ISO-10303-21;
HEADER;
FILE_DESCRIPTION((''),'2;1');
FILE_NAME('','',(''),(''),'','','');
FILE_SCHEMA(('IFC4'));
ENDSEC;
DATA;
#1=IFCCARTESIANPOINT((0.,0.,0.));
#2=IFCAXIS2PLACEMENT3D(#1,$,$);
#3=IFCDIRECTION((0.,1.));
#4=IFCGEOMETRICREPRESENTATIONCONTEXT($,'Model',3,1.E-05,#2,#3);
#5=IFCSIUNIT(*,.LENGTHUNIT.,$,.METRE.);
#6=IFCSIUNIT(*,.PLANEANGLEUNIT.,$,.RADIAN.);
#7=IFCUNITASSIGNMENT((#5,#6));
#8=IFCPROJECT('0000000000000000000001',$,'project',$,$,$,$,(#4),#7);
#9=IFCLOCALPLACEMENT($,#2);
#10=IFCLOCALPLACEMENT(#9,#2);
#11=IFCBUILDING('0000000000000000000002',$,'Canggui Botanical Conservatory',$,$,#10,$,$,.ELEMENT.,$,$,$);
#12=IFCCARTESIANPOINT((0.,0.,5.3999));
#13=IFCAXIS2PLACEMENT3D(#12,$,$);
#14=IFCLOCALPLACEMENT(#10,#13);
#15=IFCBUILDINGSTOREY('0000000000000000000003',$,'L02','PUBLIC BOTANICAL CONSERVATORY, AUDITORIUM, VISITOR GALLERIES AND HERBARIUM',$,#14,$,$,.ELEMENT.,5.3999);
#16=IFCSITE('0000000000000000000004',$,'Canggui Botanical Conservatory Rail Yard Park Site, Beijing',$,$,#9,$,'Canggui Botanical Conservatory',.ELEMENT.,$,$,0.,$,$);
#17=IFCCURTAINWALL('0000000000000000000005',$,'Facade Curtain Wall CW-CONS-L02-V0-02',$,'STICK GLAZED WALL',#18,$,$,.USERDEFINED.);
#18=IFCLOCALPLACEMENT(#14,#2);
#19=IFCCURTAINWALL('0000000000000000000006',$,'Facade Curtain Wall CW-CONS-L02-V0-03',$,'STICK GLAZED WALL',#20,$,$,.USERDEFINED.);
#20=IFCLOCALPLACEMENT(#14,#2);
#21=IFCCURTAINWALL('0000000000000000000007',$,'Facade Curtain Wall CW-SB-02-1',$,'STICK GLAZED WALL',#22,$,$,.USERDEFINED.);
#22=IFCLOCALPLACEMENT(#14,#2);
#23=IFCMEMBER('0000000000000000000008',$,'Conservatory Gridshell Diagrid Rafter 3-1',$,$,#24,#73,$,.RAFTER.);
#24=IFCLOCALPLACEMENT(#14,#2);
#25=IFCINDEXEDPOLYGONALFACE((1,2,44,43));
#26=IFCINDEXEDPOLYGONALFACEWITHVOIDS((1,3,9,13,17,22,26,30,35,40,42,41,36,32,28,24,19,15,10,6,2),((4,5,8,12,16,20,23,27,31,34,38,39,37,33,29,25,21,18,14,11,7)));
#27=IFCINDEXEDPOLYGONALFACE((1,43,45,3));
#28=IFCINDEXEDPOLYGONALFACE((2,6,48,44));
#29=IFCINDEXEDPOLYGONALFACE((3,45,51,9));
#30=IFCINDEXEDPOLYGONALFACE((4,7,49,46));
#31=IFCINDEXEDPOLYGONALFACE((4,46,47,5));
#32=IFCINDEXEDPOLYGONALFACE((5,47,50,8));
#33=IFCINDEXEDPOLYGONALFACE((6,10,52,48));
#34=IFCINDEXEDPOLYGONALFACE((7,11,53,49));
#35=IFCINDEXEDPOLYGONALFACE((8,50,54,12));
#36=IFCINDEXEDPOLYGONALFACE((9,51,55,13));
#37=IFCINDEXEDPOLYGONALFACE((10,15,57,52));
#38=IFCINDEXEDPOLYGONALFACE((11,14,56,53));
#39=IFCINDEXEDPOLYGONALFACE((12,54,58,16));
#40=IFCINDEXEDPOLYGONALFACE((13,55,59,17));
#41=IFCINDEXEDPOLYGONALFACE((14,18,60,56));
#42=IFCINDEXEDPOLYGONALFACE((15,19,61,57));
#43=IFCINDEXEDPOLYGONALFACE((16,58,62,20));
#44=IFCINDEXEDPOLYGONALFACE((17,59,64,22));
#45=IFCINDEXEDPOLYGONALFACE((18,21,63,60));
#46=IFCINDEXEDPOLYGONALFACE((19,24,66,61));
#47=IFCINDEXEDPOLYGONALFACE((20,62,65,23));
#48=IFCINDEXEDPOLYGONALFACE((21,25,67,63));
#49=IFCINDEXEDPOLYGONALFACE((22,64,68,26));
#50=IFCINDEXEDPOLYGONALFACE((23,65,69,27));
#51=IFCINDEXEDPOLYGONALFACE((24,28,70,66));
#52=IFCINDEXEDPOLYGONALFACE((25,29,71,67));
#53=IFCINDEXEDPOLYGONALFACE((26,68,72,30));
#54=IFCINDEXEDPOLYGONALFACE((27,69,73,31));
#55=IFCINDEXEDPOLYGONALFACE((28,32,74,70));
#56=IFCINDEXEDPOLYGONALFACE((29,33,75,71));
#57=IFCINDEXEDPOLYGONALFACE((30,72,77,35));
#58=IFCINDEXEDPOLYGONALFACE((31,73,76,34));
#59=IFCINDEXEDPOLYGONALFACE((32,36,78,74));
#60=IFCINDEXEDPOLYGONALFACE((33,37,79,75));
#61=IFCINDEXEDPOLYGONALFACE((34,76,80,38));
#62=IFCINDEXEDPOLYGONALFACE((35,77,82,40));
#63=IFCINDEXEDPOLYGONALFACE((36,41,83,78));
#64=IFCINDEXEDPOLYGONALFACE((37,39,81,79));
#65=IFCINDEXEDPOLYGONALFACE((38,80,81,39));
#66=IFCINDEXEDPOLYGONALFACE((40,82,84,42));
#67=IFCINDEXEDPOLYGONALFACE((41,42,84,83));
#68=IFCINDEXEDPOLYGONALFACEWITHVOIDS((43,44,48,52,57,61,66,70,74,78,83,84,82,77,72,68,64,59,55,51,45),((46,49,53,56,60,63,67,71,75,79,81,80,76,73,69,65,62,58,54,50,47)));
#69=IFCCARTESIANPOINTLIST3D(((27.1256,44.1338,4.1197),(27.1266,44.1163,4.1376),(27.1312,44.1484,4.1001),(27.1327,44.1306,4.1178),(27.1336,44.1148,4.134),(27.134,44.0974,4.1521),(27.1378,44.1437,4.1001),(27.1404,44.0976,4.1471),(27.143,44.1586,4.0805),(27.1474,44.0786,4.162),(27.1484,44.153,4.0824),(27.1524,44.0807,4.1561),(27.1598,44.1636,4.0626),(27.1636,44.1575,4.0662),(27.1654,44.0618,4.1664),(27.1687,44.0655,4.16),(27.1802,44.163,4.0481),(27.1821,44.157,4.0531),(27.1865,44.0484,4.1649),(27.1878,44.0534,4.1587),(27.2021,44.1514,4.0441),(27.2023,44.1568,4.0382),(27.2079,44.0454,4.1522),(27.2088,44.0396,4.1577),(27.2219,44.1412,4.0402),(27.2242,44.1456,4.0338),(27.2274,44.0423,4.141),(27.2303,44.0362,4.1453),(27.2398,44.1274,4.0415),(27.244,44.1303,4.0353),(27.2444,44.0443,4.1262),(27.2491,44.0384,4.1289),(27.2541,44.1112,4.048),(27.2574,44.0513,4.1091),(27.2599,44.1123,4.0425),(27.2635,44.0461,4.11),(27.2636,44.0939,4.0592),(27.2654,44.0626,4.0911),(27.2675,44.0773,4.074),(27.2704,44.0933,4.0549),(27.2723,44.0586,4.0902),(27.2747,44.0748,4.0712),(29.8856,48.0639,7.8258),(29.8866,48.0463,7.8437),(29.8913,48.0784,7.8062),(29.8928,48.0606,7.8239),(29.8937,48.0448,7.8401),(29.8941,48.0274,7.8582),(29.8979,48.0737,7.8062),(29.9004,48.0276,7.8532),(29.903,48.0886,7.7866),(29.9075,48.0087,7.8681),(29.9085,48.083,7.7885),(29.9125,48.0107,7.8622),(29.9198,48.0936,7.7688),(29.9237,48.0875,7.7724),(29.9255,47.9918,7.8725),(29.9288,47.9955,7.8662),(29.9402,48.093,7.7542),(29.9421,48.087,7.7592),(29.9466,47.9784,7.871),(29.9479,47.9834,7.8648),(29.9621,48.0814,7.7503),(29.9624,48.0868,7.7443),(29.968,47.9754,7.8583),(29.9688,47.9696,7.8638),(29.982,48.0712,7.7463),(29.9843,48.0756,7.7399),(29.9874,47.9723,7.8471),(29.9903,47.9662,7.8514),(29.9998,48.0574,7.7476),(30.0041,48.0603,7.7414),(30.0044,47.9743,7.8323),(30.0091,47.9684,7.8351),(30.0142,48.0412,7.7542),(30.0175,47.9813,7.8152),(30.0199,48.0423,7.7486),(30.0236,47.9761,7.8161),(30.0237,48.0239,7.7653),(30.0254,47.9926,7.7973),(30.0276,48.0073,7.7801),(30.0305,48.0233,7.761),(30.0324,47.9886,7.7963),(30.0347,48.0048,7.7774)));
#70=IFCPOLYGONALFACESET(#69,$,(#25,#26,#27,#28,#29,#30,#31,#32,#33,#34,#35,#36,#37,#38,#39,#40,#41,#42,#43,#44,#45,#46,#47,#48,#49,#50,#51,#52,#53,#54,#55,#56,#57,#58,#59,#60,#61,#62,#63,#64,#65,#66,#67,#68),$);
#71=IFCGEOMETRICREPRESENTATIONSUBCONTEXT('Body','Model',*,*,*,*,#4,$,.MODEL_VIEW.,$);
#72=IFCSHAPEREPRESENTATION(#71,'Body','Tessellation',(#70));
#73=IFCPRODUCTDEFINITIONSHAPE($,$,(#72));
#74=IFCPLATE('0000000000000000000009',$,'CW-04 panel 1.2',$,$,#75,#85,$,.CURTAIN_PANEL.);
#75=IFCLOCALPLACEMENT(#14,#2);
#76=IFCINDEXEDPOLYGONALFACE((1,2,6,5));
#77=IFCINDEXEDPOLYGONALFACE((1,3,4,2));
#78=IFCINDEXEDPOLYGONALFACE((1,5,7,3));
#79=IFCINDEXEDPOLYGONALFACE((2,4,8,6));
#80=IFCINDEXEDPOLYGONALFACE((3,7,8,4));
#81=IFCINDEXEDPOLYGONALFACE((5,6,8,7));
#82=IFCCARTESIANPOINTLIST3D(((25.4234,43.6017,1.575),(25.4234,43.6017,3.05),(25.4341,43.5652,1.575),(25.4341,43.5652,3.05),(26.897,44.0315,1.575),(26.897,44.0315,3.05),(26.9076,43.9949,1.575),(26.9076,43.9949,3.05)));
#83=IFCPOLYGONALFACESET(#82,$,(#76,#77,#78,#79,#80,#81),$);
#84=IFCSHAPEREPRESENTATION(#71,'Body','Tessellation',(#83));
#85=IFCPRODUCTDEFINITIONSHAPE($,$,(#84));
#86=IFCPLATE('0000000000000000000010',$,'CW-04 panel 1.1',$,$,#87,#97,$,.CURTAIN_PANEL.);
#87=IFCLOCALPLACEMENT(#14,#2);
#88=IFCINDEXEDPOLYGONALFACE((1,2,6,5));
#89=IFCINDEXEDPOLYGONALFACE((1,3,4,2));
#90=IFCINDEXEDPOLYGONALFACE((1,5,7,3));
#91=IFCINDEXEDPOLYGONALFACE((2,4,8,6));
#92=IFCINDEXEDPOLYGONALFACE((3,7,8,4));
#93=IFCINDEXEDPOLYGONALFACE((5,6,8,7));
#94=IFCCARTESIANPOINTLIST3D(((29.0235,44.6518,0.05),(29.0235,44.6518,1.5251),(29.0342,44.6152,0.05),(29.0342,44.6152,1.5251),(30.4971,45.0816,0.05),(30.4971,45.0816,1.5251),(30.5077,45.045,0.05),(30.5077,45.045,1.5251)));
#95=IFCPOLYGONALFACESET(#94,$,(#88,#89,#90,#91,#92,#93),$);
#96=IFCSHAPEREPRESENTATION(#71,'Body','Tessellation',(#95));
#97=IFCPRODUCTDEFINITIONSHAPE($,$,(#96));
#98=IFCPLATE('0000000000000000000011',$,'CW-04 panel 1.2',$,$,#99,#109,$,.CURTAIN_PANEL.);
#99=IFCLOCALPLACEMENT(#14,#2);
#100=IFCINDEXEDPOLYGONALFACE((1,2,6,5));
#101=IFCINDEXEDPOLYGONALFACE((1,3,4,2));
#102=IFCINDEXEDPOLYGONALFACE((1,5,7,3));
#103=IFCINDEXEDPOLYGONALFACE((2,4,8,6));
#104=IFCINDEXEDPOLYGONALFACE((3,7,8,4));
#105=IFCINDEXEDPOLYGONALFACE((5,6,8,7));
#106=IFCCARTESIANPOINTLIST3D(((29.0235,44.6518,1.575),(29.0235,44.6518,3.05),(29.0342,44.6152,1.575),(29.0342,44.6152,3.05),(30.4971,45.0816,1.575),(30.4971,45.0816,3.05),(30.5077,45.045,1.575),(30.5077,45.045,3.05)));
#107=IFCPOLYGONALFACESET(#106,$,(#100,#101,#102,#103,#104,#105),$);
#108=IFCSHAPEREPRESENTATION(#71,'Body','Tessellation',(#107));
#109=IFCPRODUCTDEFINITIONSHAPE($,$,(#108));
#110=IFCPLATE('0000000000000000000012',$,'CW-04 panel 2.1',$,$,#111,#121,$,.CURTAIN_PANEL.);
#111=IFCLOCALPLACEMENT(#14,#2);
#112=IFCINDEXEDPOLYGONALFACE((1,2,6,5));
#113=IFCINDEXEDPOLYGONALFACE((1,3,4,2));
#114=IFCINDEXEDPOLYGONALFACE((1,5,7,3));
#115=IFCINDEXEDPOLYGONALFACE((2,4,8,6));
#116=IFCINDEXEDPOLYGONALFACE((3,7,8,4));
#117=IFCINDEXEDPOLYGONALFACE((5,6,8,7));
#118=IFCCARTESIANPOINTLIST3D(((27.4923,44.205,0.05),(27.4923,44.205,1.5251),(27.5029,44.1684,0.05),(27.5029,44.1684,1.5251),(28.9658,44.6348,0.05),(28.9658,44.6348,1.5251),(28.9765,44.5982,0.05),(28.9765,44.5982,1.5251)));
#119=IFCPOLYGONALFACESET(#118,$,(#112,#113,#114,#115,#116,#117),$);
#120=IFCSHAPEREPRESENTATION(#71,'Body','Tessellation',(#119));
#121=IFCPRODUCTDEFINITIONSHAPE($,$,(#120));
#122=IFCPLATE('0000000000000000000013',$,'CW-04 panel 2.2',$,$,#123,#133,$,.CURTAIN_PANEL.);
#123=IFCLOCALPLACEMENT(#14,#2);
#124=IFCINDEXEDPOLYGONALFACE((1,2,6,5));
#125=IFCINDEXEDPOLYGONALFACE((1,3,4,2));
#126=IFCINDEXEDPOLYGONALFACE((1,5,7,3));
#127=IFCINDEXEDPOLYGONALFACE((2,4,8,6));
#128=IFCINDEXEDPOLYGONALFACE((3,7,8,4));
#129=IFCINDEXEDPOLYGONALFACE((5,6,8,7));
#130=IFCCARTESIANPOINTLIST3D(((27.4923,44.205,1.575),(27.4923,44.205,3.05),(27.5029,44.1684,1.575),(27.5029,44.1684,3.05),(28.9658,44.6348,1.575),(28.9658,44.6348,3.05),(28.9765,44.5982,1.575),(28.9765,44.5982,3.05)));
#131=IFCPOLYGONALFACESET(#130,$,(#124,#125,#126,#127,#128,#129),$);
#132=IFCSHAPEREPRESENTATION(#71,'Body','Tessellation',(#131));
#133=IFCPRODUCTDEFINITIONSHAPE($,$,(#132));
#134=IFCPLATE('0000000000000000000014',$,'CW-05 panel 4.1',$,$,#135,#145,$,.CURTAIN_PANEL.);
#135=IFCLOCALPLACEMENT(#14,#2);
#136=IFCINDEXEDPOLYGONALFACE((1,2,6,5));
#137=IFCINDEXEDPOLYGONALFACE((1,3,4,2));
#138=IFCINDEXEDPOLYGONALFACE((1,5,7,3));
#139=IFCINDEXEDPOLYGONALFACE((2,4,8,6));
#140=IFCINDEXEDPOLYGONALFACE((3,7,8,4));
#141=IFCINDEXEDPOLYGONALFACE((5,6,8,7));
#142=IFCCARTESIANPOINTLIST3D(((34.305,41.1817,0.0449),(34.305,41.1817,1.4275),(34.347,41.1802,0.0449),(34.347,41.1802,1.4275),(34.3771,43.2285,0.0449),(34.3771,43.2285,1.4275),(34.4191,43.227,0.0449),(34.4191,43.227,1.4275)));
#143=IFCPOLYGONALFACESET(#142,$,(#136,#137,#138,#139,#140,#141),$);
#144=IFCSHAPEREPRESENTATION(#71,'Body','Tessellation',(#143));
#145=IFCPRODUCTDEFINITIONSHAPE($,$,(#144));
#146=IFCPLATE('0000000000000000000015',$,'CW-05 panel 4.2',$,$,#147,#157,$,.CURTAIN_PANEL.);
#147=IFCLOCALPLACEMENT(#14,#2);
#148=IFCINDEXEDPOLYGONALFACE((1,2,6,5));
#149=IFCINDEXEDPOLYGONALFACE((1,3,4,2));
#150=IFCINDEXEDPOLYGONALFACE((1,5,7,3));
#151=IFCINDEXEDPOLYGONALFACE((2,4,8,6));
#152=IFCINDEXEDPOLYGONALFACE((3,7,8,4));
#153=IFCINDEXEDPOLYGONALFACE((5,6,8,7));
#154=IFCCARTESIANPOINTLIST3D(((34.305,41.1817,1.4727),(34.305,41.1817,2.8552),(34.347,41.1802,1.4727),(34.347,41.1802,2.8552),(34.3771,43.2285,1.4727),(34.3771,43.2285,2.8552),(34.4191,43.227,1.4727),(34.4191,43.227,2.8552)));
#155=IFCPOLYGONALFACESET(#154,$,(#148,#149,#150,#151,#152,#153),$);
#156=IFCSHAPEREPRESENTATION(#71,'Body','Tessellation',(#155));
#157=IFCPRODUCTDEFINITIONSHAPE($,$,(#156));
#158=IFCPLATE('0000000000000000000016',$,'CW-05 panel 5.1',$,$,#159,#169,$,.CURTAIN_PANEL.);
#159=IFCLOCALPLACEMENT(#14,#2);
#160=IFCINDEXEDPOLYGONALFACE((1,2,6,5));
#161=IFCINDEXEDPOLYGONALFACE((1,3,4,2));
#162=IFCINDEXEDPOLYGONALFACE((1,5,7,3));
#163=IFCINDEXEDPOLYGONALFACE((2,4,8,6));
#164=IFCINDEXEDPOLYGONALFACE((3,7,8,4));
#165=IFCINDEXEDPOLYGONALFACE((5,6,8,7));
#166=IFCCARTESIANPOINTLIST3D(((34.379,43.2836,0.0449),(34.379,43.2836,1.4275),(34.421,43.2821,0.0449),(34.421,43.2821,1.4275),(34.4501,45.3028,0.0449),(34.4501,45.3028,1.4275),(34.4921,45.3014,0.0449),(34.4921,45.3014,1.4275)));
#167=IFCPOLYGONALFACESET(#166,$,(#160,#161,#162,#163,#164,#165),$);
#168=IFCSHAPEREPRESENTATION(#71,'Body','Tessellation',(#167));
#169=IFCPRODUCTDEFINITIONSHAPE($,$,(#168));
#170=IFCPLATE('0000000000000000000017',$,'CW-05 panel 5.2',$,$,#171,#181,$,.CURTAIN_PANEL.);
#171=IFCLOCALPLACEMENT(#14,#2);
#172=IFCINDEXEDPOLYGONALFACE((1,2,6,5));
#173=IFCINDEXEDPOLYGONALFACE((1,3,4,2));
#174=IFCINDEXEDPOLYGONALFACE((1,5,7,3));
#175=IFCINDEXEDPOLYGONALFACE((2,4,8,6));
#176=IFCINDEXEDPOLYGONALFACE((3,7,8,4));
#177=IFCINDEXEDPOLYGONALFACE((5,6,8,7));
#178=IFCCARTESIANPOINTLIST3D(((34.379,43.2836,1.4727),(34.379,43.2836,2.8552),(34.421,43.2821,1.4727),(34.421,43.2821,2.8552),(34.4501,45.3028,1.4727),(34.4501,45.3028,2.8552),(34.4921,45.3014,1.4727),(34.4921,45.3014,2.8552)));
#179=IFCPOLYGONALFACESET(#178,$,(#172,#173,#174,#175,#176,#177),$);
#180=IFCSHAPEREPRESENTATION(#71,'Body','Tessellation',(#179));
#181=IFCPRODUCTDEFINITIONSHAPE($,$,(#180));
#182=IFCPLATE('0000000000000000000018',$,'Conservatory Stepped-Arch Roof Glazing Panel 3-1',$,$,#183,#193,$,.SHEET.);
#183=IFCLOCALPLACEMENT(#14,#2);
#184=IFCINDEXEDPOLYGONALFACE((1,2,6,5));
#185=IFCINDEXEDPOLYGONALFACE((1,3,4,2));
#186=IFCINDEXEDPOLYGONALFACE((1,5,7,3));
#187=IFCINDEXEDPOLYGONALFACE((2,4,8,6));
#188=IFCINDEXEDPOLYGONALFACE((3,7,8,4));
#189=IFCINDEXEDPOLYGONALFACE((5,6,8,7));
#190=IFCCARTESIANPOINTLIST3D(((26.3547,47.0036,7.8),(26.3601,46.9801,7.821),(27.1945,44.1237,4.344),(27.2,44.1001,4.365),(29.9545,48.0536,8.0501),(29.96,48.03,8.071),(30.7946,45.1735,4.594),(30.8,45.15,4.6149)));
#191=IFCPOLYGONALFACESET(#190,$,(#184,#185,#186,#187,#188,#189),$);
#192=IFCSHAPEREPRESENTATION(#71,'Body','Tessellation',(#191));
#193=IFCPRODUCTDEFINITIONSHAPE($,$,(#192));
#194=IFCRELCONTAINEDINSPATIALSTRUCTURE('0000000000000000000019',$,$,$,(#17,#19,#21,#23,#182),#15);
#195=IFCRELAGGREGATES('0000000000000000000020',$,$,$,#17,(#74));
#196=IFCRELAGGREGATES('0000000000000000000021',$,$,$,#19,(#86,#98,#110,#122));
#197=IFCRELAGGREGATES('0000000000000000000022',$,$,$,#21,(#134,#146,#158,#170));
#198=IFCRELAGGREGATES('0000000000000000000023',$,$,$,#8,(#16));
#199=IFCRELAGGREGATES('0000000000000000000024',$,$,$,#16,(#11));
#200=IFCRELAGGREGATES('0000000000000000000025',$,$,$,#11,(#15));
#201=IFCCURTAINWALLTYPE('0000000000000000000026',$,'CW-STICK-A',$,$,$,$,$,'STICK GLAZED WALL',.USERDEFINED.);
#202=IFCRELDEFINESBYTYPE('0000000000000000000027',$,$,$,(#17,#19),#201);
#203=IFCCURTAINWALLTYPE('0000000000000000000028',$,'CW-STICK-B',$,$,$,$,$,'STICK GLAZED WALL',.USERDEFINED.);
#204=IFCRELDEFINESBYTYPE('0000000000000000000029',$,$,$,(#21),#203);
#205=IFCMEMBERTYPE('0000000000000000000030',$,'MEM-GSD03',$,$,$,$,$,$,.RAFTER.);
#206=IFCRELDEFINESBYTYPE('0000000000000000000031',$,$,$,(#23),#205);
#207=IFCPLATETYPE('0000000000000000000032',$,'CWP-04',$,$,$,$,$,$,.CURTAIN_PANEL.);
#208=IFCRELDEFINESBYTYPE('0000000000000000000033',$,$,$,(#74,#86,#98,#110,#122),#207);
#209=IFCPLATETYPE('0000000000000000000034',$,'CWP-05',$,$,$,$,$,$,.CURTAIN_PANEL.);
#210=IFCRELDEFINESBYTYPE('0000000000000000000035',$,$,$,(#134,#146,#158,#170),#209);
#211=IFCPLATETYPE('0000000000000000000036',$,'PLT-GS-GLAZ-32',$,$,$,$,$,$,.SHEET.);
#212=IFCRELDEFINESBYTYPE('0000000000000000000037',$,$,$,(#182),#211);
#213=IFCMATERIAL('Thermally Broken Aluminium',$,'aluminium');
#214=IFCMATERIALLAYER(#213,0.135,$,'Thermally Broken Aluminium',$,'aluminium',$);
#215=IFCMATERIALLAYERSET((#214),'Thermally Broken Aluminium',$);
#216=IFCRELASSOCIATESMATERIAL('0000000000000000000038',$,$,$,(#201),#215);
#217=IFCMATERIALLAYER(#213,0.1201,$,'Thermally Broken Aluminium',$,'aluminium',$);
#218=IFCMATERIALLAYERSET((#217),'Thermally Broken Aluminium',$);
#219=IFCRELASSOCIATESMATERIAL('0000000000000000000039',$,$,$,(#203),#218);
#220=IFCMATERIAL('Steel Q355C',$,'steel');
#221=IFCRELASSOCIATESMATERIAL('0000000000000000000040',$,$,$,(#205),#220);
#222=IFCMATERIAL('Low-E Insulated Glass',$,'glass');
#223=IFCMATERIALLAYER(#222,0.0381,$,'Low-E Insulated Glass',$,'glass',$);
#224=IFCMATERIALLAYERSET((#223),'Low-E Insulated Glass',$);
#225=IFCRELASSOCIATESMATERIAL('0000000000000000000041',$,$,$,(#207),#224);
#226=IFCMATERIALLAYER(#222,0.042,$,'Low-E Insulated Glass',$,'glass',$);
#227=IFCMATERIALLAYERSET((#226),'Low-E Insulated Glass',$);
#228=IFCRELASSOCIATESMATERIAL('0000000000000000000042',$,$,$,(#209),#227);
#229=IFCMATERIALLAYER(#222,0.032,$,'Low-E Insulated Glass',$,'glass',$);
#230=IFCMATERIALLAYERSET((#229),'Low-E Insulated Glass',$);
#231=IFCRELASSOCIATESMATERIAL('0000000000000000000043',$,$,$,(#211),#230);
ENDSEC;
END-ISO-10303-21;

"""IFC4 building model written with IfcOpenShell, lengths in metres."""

from ifc_helpers import new_model, si_unit, direction, frame, origin, origin_2d, place, context, subcontext, project, spatial, polyline, rectangle, hollow_circle, outline, extrude, material, layer, layer_set, material_profile, profile_set, type_object, element, aggregate, save


model = new_model("IFC4")

# Units and contexts
model_context = context("Model", 3, precision=1e-05, world=origin(), true_north=direction((0.0, 1.0)))
body_context = subcontext(model_context, "Body", "Model", "MODEL_VIEW")
ifc_project = project(units=[si_unit("LENGTHUNIT", "METRE"), si_unit("PLANEANGLEUNIT", "RADIAN")], contexts=[model_context])

# Site, building, storey
site_placement = place(None, origin())
site = spatial("IfcSite", under=ifc_project, at=site_placement, Name="Canggui Botanical Conservatory Rail Yard Park Site, Beijing", LongName="Canggui Botanical Conservatory", CompositionType="ELEMENT", RefElevation=0.0)
building_placement = place(site_placement, origin())
building = spatial("IfcBuilding", under=site, at=building_placement, Name="Canggui Botanical Conservatory", CompositionType="ELEMENT")
storey_placement = place(building_placement, frame((0.0, 0.0, 5.3999)))
storey = spatial("IfcBuildingStorey", under=building, at=storey_placement, Name="L02", Description="PUBLIC BOTANICAL CONSERVATORY, AUDITORIUM, VISITOR GALLERIES AND HERBARIUM", CompositionType="ELEMENT", Elevation=5.3999)

# Shared definitions
ifc_material_1 = material(Name="Steel Q355C", Category="steel")

# Curtain wall
ifc_material_2 = material(Name="Thermally Broken Aluminium", Category="aluminium")
ifc_layer_1 = layer(ifc_material_2, 0.135, Name="Thermally Broken Aluminium", Category="aluminium")
ifc_layer_set_1 = layer_set([ifc_layer_1], Name="Thermally Broken Aluminium")
curtain_wall_type_1 = type_object("IfcCurtainWallType", Name="CW-STICK-A", ElementType="STICK GLAZED WALL", PredefinedType="USERDEFINED", material=ifc_layer_set_1)
curtain_wall_1_placement = place(storey_placement, origin())
curtain_wall_1 = element("IfcCurtainWall", 1, at=curtain_wall_1_placement, inside=storey, type_object=curtain_wall_type_1, Name="Facade Curtain Wall CW-CONS-L02-V0-02", ObjectType="STICK GLAZED WALL", PredefinedType="USERDEFINED")

# Curtain wall
curtain_wall_2_placement = place(storey_placement, origin())
curtain_wall_2 = element("IfcCurtainWall", 2, at=curtain_wall_2_placement, inside=storey, type_object=curtain_wall_type_1, Name="Facade Curtain Wall CW-CONS-L02-V0-03", ObjectType="STICK GLAZED WALL", PredefinedType="USERDEFINED")

# Curtain wall
ifc_layer_2 = layer(ifc_material_2, 0.1201, Name="Thermally Broken Aluminium", Category="aluminium")
ifc_layer_set_2 = layer_set([ifc_layer_2], Name="Thermally Broken Aluminium")
curtain_wall_type_2 = type_object("IfcCurtainWallType", Name="CW-STICK-B", ElementType="STICK GLAZED WALL", PredefinedType="USERDEFINED", material=ifc_layer_set_2)
curtain_wall_3_placement = place(storey_placement, origin())
curtain_wall_3 = element("IfcCurtainWall", 3, at=curtain_wall_3_placement, inside=storey, type_object=curtain_wall_type_2, Name="Facade Curtain Wall CW-SB-02-1", ObjectType="STICK GLAZED WALL", PredefinedType="USERDEFINED")

# Member
ifc_material_profile_1 = material_profile(ifc_material_1, hollow_circle(Radius=0.084, WallThickness=0.0081, at=origin_2d()), Name="CHS 168x8")
ifc_profile_set_1 = profile_set([ifc_material_profile_1], Name="Steel Q355C")
member_type_1 = type_object("IfcMemberType", Name="MEM-GSD03", PredefinedType="RAFTER", material=ifc_profile_set_1)
member_1_placement = place(storey_placement, frame((27.2, 44.1001, 4.1001), z_axis=(0.454994, 0.647858, 0.610951), x_axis=(-0.818345, 0.574728, 0.0)))
element("IfcMember", 4, at=member_1_placement, inside=storey, type_object=member_type_1, Name="Conservatory Gridshell Diagrid Rafter 3-1", PredefinedType="RAFTER", context=body_context, shape_type="SweptSolid", body=[
    extrude(hollow_circle(Radius=0.084, WallThickness=0.0081, at=origin_2d()), origin(), (0.0, 0.0, 1.0), 6.0662),
])

# Plates
ifc_material_3 = material(Name="Low-E Insulated Glass", Category="glass")
ifc_layer_3 = layer(ifc_material_3, 0.0381, Name="Low-E Insulated Glass", Category="glass")
ifc_layer_set_3 = layer_set([ifc_layer_3], Name="Low-E Insulated Glass")
plate_type_1 = type_object("IfcPlateType", Name="CWP-04", PredefinedType="CURTAIN_PANEL", material=ifc_layer_set_3)
plate_1_placement = place(storey_placement, frame((26.1655, 43.7983, 1.575), z_axis=(0.0, 0.0, 1.0), x_axis=(-0.96, -0.28, 0.0)))
plate_1 = element("IfcPlate", 5, at=plate_1_placement, type_object=plate_type_1, Name="CW-04 panel 1.2", PredefinedType="CURTAIN_PANEL", context=body_context, shape_type="SweptSolid", body=[
    extrude(rectangle(XDim=1.5349, YDim=0.0381, at=origin_2d()), origin(), (0.0, 0.0, 1.0), 1.4751),
])
aggregate(curtain_wall_1, [plate_1])
plate_2_placement = place(storey_placement, frame((29.7656, 44.8484, 0.05), z_axis=(0.0, 0.0, 1.0), x_axis=(-0.96, -0.28, 0.0)))
plate_2 = element("IfcPlate", 6, at=plate_2_placement, type_object=plate_type_1, Name="CW-04 panel 1.1", PredefinedType="CURTAIN_PANEL", context=body_context, shape_type="SweptSolid", body=[
    extrude(rectangle(XDim=1.5349, YDim=0.0381, at=origin_2d()), origin(), (0.0, 0.0, 1.0), 1.4751),
])
plate_3_placement = place(storey_placement, frame((29.7656, 44.8484, 1.575), z_axis=(0.0, 0.0, 1.0), x_axis=(-0.96, -0.28, 0.0)))
plate_3 = element("IfcPlate", 7, at=plate_3_placement, type_object=plate_type_1, Name="CW-04 panel 1.2", PredefinedType="CURTAIN_PANEL", context=body_context, shape_type="SweptSolid", body=[
    extrude(rectangle(XDim=1.5349, YDim=0.0381, at=origin_2d()), origin(), (0.0, 0.0, 1.0), 1.4751),
])
plate_4_placement = place(storey_placement, frame((28.2344, 44.4016, 0.05), z_axis=(0.0, 0.0, 1.0), x_axis=(-0.96, -0.28, 0.0)))
plate_4 = element("IfcPlate", 8, at=plate_4_placement, type_object=plate_type_1, Name="CW-04 panel 2.1", PredefinedType="CURTAIN_PANEL", context=body_context, shape_type="SweptSolid", body=[
    extrude(rectangle(XDim=1.5349, YDim=0.0381, at=origin_2d()), origin(), (0.0, 0.0, 1.0), 1.4751),
])
plate_5_placement = place(storey_placement, frame((28.2344, 44.4016, 1.575), z_axis=(0.0, 0.0, 1.0), x_axis=(-0.96, -0.28, 0.0)))
plate_5 = element("IfcPlate", 9, at=plate_5_placement, type_object=plate_type_1, Name="CW-04 panel 2.2", PredefinedType="CURTAIN_PANEL", context=body_context, shape_type="SweptSolid", body=[
    extrude(rectangle(XDim=1.5349, YDim=0.0381, at=origin_2d()), origin(), (0.0, 0.0, 1.0), 1.4751),
])
aggregate(curtain_wall_2, [plate_2, plate_3, plate_4, plate_5])
ifc_layer_4 = layer(ifc_material_3, 0.042, Name="Low-E Insulated Glass", Category="glass")
ifc_layer_set_4 = layer_set([ifc_layer_4], Name="Low-E Insulated Glass")
plate_type_2 = type_object("IfcPlateType", Name="CWP-05", PredefinedType="CURTAIN_PANEL", material=ifc_layer_set_4)
plate_6_placement = place(storey_placement, frame((34.3621, 42.2043, 0.0449), z_axis=(0.0, 0.0, 1.0), x_axis=(0.035206, 0.99938, 0.0)))
plate_6 = element("IfcPlate", 10, at=plate_6_placement, type_object=plate_type_2, Name="CW-05 panel 4.1", PredefinedType="CURTAIN_PANEL", context=body_context, shape_type="SweptSolid", body=[
    extrude(rectangle(XDim=2.0481, YDim=0.042, at=origin_2d()), origin(), (0.0, 0.0, 1.0), 1.3826),
])
plate_7_placement = place(storey_placement, frame((34.3621, 42.2043, 1.4727), z_axis=(0.0, 0.0, 1.0), x_axis=(0.035206, 0.99938, 0.0)))
plate_7 = element("IfcPlate", 11, at=plate_7_placement, type_object=plate_type_2, Name="CW-05 panel 4.2", PredefinedType="CURTAIN_PANEL", context=body_context, shape_type="SweptSolid", body=[
    extrude(rectangle(XDim=2.0481, YDim=0.042, at=origin_2d()), origin(), (0.0, 0.0, 1.0), 1.3826),
])
plate_8_placement = place(storey_placement, frame((34.4355, 44.2925, 0.0449), z_axis=(0.0, 0.0, 1.0), x_axis=(0.035206, 0.99938, 0.0)))
plate_8 = element("IfcPlate", 12, at=plate_8_placement, type_object=plate_type_2, Name="CW-05 panel 5.1", PredefinedType="CURTAIN_PANEL", context=body_context, shape_type="SweptSolid", body=[
    extrude(rectangle(XDim=2.0205, YDim=0.042, at=origin_2d()), origin(), (0.0, 0.0, 1.0), 1.3826),
])
plate_9_placement = place(storey_placement, frame((34.4355, 44.2925, 1.4727), z_axis=(0.0, 0.0, 1.0), x_axis=(0.035206, 0.99938, 0.0)))
plate_9 = element("IfcPlate", 13, at=plate_9_placement, type_object=plate_type_2, Name="CW-05 panel 5.2", PredefinedType="CURTAIN_PANEL", context=body_context, shape_type="SweptSolid", body=[
    extrude(rectangle(XDim=2.0205, YDim=0.042, at=origin_2d()), origin(), (0.0, 0.0, 1.0), 1.3826),
])
aggregate(curtain_wall_3, [plate_6, plate_7, plate_8, plate_9])

# Plate
ifc_layer_5 = layer(ifc_material_3, 0.032, Name="Low-E Insulated Glass", Category="glass")
ifc_layer_set_5 = layer_set([ifc_layer_5], Name="Low-E Insulated Glass")
plate_type_3 = type_object("IfcPlateType", Name="PLT-GS-GLAZ-32", PredefinedType="SHEET", material=ifc_layer_set_5)
plate_10_placement = place(storey_placement, frame((27.2, 44.1001, 4.365), z_axis=(0.169321, -0.736505, 0.654898), x_axis=(0.957885, 0.279347, 0.066499)))
element("IfcPlate", 14, at=plate_10_placement, inside=storey, type_object=plate_type_3, Name="Conservatory Stepped-Arch Roof Glazing Panel 3-1", PredefinedType="SHEET", context=body_context, shape_type="SweptSolid", body=[
    extrude(outline(polyline([(0.0, 0.0), (3.7584, 0.0), (3.988, 4.5708), (0.2298, 4.5706), (0.0, 0.0)])), origin(), (0.0, 0.0, -1.0), 0.032),
])

save(model, "model.ifc")
